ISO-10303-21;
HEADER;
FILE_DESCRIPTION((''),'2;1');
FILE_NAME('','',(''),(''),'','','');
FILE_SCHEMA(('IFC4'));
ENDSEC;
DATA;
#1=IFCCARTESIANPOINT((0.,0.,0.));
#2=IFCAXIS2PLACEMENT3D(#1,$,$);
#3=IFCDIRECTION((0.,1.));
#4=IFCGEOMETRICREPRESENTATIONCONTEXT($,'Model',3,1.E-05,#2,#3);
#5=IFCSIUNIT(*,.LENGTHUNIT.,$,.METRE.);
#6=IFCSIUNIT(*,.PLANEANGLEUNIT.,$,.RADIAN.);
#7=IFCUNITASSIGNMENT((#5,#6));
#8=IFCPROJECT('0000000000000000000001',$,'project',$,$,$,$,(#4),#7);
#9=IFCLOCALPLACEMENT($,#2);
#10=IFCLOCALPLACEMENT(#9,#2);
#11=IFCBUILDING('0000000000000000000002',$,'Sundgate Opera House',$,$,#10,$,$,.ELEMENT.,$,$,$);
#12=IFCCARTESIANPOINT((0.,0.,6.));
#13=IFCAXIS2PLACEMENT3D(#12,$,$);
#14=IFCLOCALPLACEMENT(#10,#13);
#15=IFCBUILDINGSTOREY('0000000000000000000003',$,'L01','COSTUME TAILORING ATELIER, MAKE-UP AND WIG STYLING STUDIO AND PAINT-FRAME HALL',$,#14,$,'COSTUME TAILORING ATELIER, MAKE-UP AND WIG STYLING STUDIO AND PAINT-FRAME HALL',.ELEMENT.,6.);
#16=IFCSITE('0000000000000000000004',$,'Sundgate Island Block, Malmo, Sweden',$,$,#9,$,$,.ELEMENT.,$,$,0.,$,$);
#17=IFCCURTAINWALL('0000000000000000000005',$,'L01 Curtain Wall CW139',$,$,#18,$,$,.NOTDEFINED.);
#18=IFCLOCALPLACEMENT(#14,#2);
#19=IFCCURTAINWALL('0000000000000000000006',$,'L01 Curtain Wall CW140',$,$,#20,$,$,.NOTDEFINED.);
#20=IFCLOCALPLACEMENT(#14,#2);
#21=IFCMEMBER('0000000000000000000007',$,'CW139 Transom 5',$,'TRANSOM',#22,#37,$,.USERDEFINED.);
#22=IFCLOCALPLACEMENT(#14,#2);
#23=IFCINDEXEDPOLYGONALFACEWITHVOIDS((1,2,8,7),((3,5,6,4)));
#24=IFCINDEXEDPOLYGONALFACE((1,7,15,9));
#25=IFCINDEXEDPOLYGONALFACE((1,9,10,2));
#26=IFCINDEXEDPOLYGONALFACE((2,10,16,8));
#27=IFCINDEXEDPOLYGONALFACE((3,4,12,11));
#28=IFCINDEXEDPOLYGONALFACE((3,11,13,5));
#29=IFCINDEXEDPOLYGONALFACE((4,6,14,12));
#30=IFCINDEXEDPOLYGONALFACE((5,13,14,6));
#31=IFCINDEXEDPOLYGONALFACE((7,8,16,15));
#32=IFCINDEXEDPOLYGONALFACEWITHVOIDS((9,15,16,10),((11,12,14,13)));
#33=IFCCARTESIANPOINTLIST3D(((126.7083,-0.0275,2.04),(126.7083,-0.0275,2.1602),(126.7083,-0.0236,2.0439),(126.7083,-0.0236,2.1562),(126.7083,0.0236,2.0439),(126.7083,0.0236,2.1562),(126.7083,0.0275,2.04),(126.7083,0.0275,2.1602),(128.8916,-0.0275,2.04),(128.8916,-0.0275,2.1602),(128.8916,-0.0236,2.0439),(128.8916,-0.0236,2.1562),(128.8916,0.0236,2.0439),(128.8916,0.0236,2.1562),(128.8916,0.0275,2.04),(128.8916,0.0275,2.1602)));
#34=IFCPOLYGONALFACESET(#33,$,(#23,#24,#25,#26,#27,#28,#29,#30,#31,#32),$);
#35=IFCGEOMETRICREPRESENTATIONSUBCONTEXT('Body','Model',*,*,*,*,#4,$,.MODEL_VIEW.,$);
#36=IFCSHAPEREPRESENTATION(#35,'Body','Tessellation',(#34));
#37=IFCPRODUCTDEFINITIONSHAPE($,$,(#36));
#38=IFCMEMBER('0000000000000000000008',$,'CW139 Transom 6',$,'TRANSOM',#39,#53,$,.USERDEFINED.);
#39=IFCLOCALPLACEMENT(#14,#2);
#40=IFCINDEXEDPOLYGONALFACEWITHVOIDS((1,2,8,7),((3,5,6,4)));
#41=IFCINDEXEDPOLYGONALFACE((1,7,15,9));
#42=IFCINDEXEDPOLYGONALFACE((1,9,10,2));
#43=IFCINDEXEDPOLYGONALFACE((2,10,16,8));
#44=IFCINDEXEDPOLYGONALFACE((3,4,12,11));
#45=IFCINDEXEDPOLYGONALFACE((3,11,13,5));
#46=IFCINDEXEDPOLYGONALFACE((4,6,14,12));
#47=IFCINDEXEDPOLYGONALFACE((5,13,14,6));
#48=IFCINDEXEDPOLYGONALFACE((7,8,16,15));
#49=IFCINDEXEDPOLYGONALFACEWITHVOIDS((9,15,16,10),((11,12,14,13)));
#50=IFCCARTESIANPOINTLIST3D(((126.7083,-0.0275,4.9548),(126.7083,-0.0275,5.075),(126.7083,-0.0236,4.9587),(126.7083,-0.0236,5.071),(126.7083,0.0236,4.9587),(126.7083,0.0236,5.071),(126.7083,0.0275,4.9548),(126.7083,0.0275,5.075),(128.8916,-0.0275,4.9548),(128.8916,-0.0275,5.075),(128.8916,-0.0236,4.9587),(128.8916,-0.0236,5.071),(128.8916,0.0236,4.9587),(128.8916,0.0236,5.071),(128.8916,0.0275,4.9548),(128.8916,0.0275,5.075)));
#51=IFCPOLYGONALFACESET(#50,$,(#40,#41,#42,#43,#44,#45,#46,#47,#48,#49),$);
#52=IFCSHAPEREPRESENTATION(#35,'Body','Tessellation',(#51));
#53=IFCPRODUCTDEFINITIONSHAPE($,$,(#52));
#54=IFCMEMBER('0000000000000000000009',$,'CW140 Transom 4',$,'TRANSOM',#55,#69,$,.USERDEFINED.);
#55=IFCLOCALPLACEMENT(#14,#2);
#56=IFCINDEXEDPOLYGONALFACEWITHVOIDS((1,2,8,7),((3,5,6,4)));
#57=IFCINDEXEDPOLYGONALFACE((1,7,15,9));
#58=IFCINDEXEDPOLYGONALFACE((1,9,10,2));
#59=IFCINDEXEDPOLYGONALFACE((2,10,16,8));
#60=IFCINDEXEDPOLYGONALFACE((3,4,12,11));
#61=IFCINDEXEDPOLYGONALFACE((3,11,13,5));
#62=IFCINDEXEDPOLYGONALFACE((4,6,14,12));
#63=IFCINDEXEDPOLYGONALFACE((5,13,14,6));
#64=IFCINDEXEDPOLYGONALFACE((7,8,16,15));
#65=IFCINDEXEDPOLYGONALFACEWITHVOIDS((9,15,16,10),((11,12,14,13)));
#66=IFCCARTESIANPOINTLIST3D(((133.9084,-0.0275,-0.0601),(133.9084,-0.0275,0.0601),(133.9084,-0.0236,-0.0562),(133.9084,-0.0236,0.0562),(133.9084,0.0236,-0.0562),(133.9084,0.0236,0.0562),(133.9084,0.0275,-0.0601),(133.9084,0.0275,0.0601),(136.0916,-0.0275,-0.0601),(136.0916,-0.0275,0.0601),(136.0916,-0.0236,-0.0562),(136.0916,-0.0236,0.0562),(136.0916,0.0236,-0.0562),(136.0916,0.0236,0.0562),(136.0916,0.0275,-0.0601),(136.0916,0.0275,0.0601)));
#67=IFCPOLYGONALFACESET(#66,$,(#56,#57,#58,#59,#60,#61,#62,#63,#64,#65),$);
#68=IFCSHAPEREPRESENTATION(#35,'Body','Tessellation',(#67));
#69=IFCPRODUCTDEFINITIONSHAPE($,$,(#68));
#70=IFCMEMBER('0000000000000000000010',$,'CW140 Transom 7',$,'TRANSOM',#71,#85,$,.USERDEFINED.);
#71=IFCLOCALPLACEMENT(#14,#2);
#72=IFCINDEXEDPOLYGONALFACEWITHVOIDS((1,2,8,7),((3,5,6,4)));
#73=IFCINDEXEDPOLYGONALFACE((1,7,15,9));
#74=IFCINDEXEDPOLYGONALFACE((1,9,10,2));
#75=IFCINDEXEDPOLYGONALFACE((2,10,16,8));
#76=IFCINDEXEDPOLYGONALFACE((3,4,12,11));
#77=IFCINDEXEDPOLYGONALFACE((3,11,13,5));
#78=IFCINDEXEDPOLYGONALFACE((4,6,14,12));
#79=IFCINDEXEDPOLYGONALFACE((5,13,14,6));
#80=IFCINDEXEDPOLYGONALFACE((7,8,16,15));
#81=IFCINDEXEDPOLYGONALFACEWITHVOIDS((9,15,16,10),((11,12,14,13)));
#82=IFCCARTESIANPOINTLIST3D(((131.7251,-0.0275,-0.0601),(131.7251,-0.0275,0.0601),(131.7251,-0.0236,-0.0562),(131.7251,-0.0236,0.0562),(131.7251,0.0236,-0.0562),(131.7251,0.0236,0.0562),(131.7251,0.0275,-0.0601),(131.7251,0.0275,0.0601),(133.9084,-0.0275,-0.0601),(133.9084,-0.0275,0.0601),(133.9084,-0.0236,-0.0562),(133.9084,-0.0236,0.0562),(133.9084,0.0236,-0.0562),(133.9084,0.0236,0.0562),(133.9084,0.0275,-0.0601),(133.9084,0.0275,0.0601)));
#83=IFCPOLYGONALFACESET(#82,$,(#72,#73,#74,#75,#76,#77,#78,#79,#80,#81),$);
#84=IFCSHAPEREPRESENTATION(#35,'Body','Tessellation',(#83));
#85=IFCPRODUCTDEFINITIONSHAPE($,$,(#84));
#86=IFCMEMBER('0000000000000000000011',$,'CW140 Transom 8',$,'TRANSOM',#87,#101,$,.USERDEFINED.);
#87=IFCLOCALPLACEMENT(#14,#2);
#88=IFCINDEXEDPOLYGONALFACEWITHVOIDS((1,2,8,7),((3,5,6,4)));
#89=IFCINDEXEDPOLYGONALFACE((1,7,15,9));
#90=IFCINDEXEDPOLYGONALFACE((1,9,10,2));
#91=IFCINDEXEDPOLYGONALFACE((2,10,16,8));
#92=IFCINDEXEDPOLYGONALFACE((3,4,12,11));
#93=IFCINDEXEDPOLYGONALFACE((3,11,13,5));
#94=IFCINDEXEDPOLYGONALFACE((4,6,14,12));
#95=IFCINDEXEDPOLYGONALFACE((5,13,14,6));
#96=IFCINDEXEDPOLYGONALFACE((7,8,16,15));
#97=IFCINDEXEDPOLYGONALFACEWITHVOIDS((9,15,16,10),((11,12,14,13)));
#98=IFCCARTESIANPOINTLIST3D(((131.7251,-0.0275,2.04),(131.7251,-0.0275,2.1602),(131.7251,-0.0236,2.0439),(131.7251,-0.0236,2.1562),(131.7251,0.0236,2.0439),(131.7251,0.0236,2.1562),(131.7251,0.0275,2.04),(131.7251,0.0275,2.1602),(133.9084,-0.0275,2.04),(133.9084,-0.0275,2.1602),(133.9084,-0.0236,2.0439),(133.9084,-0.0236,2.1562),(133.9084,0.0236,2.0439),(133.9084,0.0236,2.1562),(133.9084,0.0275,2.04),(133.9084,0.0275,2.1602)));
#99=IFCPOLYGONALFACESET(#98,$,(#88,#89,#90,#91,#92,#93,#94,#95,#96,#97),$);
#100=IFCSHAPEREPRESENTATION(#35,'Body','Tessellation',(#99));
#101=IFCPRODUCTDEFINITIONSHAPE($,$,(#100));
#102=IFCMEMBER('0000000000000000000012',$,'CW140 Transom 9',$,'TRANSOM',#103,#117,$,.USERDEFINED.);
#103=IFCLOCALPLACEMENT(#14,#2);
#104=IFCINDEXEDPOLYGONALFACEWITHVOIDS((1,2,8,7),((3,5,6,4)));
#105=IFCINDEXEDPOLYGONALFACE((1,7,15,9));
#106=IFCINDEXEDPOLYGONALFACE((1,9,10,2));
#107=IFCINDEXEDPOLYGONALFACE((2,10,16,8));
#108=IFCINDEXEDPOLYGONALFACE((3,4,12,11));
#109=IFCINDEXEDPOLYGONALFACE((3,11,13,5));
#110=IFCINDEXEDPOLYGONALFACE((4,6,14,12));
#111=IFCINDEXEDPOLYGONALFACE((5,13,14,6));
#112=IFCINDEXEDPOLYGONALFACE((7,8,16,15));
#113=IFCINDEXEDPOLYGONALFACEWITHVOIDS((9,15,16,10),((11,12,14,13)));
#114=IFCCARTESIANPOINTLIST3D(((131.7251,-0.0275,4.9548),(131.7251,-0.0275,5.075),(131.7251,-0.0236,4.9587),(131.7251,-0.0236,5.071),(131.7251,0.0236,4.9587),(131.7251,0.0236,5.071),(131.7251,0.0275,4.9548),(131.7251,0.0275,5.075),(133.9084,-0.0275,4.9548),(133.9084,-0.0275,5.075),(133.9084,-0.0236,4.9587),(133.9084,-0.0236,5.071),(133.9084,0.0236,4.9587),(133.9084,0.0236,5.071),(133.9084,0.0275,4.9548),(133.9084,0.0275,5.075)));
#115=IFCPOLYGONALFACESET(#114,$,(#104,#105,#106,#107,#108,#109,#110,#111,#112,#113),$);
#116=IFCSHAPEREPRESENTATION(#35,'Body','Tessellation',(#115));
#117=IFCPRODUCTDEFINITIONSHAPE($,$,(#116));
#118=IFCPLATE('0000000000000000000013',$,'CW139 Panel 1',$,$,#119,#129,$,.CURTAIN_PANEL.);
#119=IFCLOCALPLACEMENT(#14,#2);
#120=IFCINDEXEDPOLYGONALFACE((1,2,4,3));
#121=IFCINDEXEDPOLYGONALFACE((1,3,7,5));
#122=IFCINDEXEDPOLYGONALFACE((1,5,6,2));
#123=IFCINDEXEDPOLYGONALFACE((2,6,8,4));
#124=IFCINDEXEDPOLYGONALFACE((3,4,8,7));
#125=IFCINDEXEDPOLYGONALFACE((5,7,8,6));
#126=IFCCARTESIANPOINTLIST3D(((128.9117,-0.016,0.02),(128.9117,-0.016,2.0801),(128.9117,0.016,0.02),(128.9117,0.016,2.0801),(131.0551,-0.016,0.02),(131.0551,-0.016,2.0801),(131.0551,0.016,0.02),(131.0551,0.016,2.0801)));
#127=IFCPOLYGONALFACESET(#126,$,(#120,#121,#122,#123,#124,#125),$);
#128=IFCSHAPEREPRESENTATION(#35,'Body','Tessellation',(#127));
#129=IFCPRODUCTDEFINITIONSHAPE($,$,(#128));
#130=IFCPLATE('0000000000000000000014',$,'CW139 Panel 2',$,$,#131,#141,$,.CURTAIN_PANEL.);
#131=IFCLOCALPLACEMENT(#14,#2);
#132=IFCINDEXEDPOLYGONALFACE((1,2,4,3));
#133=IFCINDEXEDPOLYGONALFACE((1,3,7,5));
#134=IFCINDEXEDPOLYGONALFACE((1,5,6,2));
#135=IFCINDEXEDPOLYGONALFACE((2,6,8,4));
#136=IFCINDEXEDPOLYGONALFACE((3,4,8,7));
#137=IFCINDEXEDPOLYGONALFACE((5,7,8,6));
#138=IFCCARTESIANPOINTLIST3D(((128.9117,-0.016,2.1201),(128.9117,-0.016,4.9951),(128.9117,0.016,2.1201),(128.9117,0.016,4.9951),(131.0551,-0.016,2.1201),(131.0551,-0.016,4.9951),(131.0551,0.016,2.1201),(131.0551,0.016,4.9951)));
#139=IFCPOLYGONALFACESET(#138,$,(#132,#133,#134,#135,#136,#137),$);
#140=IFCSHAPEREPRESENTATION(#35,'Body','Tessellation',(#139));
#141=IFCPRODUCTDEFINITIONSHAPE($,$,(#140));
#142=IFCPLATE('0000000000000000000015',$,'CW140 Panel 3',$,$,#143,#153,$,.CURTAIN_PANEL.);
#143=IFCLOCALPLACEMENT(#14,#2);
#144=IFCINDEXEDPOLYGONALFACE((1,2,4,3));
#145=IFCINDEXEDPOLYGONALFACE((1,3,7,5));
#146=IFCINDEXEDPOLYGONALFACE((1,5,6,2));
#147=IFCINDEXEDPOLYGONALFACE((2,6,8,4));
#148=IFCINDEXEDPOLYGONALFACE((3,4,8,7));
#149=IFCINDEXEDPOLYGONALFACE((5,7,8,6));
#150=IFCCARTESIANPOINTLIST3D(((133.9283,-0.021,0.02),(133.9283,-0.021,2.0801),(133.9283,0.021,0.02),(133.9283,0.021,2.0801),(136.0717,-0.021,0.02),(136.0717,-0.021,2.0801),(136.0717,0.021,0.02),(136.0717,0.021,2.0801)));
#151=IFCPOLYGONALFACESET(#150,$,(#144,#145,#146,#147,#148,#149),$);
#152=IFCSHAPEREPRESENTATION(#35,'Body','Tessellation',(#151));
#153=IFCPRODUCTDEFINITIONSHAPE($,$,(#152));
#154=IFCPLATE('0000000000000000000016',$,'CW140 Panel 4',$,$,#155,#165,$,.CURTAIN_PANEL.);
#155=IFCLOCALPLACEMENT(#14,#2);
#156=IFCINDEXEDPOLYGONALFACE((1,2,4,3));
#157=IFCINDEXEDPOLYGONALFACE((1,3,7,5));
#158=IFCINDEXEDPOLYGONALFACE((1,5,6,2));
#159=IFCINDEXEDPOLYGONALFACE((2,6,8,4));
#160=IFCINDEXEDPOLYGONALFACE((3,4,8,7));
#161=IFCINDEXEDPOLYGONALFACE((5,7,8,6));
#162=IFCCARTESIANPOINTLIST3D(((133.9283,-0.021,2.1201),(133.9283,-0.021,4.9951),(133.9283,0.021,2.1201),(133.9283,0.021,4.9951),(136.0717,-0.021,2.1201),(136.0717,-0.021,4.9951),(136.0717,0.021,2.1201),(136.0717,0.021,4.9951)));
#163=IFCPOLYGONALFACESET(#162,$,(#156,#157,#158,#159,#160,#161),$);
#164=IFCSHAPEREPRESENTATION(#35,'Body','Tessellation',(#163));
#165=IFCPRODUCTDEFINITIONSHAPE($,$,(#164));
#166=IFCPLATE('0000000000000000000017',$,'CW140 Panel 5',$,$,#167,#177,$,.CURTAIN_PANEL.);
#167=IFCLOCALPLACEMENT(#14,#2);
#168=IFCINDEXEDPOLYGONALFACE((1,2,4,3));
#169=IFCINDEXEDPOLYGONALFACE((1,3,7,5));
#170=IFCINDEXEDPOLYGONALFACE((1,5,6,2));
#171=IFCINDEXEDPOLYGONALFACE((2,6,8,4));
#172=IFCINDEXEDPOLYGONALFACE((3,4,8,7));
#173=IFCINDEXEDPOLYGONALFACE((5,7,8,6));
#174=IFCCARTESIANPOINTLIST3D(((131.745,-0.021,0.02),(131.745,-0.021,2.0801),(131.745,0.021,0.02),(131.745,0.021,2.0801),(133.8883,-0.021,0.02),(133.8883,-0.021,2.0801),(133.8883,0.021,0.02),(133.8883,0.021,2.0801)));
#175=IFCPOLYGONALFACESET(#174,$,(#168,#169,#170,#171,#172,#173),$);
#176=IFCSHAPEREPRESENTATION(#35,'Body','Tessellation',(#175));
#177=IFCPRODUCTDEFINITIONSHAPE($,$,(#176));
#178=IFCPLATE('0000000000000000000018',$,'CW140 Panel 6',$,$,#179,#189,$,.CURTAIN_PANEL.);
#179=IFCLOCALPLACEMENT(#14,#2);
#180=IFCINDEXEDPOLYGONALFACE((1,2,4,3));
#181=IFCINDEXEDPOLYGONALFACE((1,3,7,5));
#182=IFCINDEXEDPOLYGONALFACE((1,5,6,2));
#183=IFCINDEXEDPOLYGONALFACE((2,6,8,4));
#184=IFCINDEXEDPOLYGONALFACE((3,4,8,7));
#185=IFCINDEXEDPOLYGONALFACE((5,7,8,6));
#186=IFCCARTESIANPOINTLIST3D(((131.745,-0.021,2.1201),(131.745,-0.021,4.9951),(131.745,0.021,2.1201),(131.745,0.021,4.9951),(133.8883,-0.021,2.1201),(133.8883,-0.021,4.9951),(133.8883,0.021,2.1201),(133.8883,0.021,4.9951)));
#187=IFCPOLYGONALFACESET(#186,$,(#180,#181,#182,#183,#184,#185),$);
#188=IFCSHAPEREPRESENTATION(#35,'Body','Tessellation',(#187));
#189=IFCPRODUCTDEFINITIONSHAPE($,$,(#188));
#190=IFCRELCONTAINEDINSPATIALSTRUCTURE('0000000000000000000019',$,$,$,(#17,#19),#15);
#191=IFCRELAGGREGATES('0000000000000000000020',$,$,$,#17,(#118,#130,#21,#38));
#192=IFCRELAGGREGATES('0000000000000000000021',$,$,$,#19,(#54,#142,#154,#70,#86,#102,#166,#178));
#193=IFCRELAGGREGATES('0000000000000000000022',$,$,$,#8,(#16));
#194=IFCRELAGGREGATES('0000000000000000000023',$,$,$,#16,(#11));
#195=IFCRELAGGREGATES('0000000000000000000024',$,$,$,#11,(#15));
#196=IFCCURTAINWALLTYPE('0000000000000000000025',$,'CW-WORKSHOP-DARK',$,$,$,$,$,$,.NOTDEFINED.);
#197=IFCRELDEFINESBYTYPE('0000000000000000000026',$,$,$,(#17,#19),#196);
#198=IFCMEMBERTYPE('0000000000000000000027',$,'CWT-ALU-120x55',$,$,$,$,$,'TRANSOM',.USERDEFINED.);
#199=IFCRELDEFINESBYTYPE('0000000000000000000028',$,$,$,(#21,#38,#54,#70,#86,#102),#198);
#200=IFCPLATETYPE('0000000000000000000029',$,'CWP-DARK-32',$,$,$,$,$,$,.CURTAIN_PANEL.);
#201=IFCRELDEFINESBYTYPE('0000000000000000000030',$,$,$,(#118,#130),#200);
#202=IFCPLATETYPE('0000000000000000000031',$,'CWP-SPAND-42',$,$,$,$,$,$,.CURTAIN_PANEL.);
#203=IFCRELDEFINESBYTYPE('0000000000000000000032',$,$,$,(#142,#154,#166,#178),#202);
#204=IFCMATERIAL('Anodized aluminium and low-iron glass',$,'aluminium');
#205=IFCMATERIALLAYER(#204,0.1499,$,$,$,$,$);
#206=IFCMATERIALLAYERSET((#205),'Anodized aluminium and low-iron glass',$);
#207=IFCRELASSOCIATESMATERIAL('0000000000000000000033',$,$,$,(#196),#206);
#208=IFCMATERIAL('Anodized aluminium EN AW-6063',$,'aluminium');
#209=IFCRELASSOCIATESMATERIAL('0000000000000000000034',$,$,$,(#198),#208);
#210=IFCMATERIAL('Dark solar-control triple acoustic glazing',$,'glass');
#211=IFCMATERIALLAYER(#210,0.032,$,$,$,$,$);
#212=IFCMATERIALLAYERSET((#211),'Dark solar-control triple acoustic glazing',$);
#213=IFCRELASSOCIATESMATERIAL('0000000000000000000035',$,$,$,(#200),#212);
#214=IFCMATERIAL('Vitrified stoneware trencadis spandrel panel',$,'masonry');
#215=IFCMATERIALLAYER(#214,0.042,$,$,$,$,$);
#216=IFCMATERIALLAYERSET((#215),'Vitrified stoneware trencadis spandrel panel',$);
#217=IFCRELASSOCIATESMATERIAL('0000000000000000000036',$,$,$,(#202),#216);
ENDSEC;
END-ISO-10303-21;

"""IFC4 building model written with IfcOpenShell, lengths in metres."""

from ifc_helpers import new_model, si_unit, direction, frame, origin, origin_2d, place, context, subcontext, project, spatial, rectangle, hollow_rectangle, extrude, material, layer, layer_set, material_profile, profile_set, type_object, element, aggregate, save


model = new_model("IFC4")

# Units and contexts
model_context = context("Model", 3, precision=1e-05, world=origin(), true_north=direction((0.0, 1.0)))
body_context = subcontext(model_context, "Body", "Model", "MODEL_VIEW")
ifc_project = project(units=[si_unit("LENGTHUNIT", "METRE"), si_unit("PLANEANGLEUNIT", "RADIAN")], contexts=[model_context])

# Site, building, storey
site_placement = place(None, origin())
site = spatial("IfcSite", under=ifc_project, at=site_placement, Name="Sundgate Island Block, Malmo, Sweden", CompositionType="ELEMENT", RefElevation=0.0)
building_placement = place(site_placement, origin())
building = spatial("IfcBuilding", under=site, at=building_placement, Name="Sundgate Opera House", CompositionType="ELEMENT")
storey_placement = place(building_placement, frame((0.0, 0.0, 6.0)))
storey = spatial("IfcBuildingStorey", under=building, at=storey_placement, Name="L01", Description="COSTUME TAILORING ATELIER, MAKE-UP AND WIG STYLING STUDIO AND PAINT-FRAME HALL", LongName="COSTUME TAILORING ATELIER, MAKE-UP AND WIG STYLING STUDIO AND PAINT-FRAME HALL", CompositionType="ELEMENT", Elevation=6.0)

# Curtain wall
ifc_material_1 = material(Name="Anodized aluminium and low-iron glass", Category="aluminium")
ifc_layer_1 = layer(ifc_material_1, 0.1499)
ifc_layer_set_1 = layer_set([ifc_layer_1], Name="Anodized aluminium and low-iron glass")
curtain_wall_type = type_object("IfcCurtainWallType", Name="CW-WORKSHOP-DARK", PredefinedType="NOTDEFINED", material=ifc_layer_set_1)
curtain_wall_1_placement = place(storey_placement, origin())
curtain_wall_1 = element("IfcCurtainWall", 1, at=curtain_wall_1_placement, inside=storey, type_object=curtain_wall_type, Name="L01 Curtain Wall CW139", PredefinedType="NOTDEFINED")

# Curtain wall
curtain_wall_2_placement = place(storey_placement, origin())
curtain_wall_2 = element("IfcCurtainWall", 2, at=curtain_wall_2_placement, inside=storey, type_object=curtain_wall_type, Name="L01 Curtain Wall CW140", PredefinedType="NOTDEFINED")

# Members
ifc_material_2 = material(Name="Anodized aluminium EN AW-6063", Category="aluminium")
ifc_material_profile_1 = material_profile(ifc_material_2, hollow_rectangle(XDim=0.0549, YDim=0.1201, WallThickness=0.0039, at=origin_2d()), Name="CWT 120x55x4")
ifc_profile_set_1 = profile_set([ifc_material_profile_1], Name="Anodized aluminium EN AW-6063")
member_type_1 = type_object("IfcMemberType", Name="CWT-ALU-120x55", ElementType="TRANSOM", PredefinedType="USERDEFINED", material=ifc_profile_set_1)
member_1_placement = place(storey_placement, frame((128.8916, 0.0, 2.1001), z_axis=(-1.0, 0.0, 0.0), x_axis=(0.0, -1.0, 0.0)))
member_1 = element("IfcMember", 3, at=member_1_placement, type_object=member_type_1, Name="CW139 Transom 5", ObjectType="TRANSOM", PredefinedType="USERDEFINED", context=body_context, shape_type="SweptSolid", body=[
    extrude(hollow_rectangle(XDim=0.0549, YDim=0.1201, WallThickness=0.0039, at=origin_2d()), origin(), (0.0, 0.0, 1.0), 2.1833),
])
member_2_placement = place(storey_placement, frame((128.8916, 0.0, 5.0149), z_axis=(-1.0, 0.0, 0.0), x_axis=(0.0, -1.0, 0.0)))
member_2 = element("IfcMember", 4, at=member_2_placement, type_object=member_type_1, Name="CW139 Transom 6", ObjectType="TRANSOM", PredefinedType="USERDEFINED", context=body_context, shape_type="SweptSolid", body=[
    extrude(hollow_rectangle(XDim=0.0549, YDim=0.1201, WallThickness=0.0039, at=origin_2d()), origin(), (0.0, 0.0, 1.0), 2.1833),
])
member_3_placement = place(storey_placement, frame((136.0916, 0.0, 0.0), z_axis=(-1.0, 0.0, 0.0), x_axis=(0.0, -1.0, 0.0)))
member_3 = element("IfcMember", 5, at=member_3_placement, type_object=member_type_1, Name="CW140 Transom 4", ObjectType="TRANSOM", PredefinedType="USERDEFINED", context=body_context, shape_type="SweptSolid", body=[
    extrude(hollow_rectangle(XDim=0.0549, YDim=0.1201, WallThickness=0.0039, at=origin_2d()), origin(), (0.0, 0.0, 1.0), 2.1831),
])
member_4_placement = place(storey_placement, frame((133.9084, 0.0, 0.0), z_axis=(-1.0, 0.0, 0.0), x_axis=(0.0, -1.0, 0.0)))
member_4 = element("IfcMember", 6, at=member_4_placement, type_object=member_type_1, Name="CW140 Transom 7", ObjectType="TRANSOM", PredefinedType="USERDEFINED", context=body_context, shape_type="SweptSolid", body=[
    extrude(hollow_rectangle(XDim=0.0549, YDim=0.1201, WallThickness=0.0039, at=origin_2d()), origin(), (0.0, 0.0, 1.0), 2.1833),
])
member_5_placement = place(storey_placement, frame((133.9084, 0.0, 2.1001), z_axis=(-1.0, 0.0, 0.0), x_axis=(0.0, -1.0, 0.0)))
member_5 = element("IfcMember", 7, at=member_5_placement, type_object=member_type_1, Name="CW140 Transom 8", ObjectType="TRANSOM", PredefinedType="USERDEFINED", context=body_context, shape_type="SweptSolid", body=[
    extrude(hollow_rectangle(XDim=0.0549, YDim=0.1201, WallThickness=0.0039, at=origin_2d()), origin(), (0.0, 0.0, 1.0), 2.1833),
])
member_6_placement = place(storey_placement, frame((133.9084, 0.0, 5.0149), z_axis=(-1.0, 0.0, 0.0), x_axis=(0.0, -1.0, 0.0)))
member_6 = element("IfcMember", 8, at=member_6_placement, type_object=member_type_1, Name="CW140 Transom 9", ObjectType="TRANSOM", PredefinedType="USERDEFINED", context=body_context, shape_type="SweptSolid", body=[
    extrude(hollow_rectangle(XDim=0.0549, YDim=0.1201, WallThickness=0.0039, at=origin_2d()), origin(), (0.0, 0.0, 1.0), 2.1833),
])

# Plates
ifc_material_3 = material(Name="Dark solar-control triple acoustic glazing", Category="glass")
ifc_layer_2 = layer(ifc_material_3, 0.032)
ifc_layer_set_2 = layer_set([ifc_layer_2], Name="Dark solar-control triple acoustic glazing")
plate_type_1 = type_object("IfcPlateType", Name="CWP-DARK-32", PredefinedType="CURTAIN_PANEL", material=ifc_layer_set_2)
plate_1_placement = place(storey_placement, frame((129.9834, 0.0, 0.02), z_axis=(0.0, 0.0, 1.0), x_axis=(-1.0, 0.0, 0.0)))
plate_1 = element("IfcPlate", 9, at=plate_1_placement, type_object=plate_type_1, Name="CW139 Panel 1", PredefinedType="CURTAIN_PANEL", context=body_context, shape_type="SweptSolid", body=[
    extrude(rectangle(XDim=2.1433, YDim=0.032, at=origin_2d()), origin(), (0.0, 0.0, 1.0), 2.0601),
])
plate_2_placement = place(storey_placement, frame((129.9834, 0.0, 2.1201), z_axis=(0.0, 0.0, 1.0), x_axis=(-1.0, 0.0, 0.0)))
plate_2 = element("IfcPlate", 10, at=plate_2_placement, type_object=plate_type_1, Name="CW139 Panel 2", PredefinedType="CURTAIN_PANEL", context=body_context, shape_type="SweptSolid", body=[
    extrude(rectangle(XDim=2.1433, YDim=0.032, at=origin_2d()), origin(), (0.0, 0.0, 1.0), 2.875),
])
aggregate(curtain_wall_1, [plate_1, plate_2, member_1, member_2])
ifc_material_4 = material(Name="Vitrified stoneware trencadis spandrel panel", Category="masonry")
ifc_layer_3 = layer(ifc_material_4, 0.042)
ifc_layer_set_3 = layer_set([ifc_layer_3], Name="Vitrified stoneware trencadis spandrel panel")
plate_type_2 = type_object("IfcPlateType", Name="CWP-SPAND-42", PredefinedType="CURTAIN_PANEL", material=ifc_layer_set_3)
plate_3_placement = place(storey_placement, frame((135.0, 0.0, 0.02), z_axis=(0.0, 0.0, 1.0), x_axis=(-1.0, 0.0, 0.0)))
plate_3 = element("IfcPlate", 11, at=plate_3_placement, type_object=plate_type_2, Name="CW140 Panel 3", PredefinedType="CURTAIN_PANEL", context=body_context, shape_type="SweptSolid", body=[
    extrude(rectangle(XDim=2.1433, YDim=0.042, at=origin_2d()), origin(), (0.0, 0.0, 1.0), 2.0601),
])
plate_4_placement = place(storey_placement, frame((135.0, 0.0, 2.1201), z_axis=(0.0, 0.0, 1.0), x_axis=(-1.0, 0.0, 0.0)))
plate_4 = element("IfcPlate", 12, at=plate_4_placement, type_object=plate_type_2, Name="CW140 Panel 4", PredefinedType="CURTAIN_PANEL", context=body_context, shape_type="SweptSolid", body=[
    extrude(rectangle(XDim=2.1433, YDim=0.042, at=origin_2d()), origin(), (0.0, 0.0, 1.0), 2.875),
])
plate_5_placement = place(storey_placement, frame((132.8167, 0.0, 0.02), z_axis=(0.0, 0.0, 1.0), x_axis=(-1.0, 0.0, 0.0)))
plate_5 = element("IfcPlate", 13, at=plate_5_placement, type_object=plate_type_2, Name="CW140 Panel 5", PredefinedType="CURTAIN_PANEL", context=body_context, shape_type="SweptSolid", body=[
    extrude(rectangle(XDim=2.1433, YDim=0.042, at=origin_2d()), origin(), (0.0, 0.0, 1.0), 2.0601),
])
plate_6_placement = place(storey_placement, frame((132.8167, 0.0, 2.1201), z_axis=(0.0, 0.0, 1.0), x_axis=(-1.0, 0.0, 0.0)))
plate_6 = element("IfcPlate", 14, at=plate_6_placement, type_object=plate_type_2, Name="CW140 Panel 6", PredefinedType="CURTAIN_PANEL", context=body_context, shape_type="SweptSolid", body=[
    extrude(rectangle(XDim=2.1433, YDim=0.042, at=origin_2d()), origin(), (0.0, 0.0, 1.0), 2.875),
])
aggregate(curtain_wall_2, [member_3, plate_3, plate_4, member_4, member_5, member_6, plate_5, plate_6])

save(model, "model.ifc")
